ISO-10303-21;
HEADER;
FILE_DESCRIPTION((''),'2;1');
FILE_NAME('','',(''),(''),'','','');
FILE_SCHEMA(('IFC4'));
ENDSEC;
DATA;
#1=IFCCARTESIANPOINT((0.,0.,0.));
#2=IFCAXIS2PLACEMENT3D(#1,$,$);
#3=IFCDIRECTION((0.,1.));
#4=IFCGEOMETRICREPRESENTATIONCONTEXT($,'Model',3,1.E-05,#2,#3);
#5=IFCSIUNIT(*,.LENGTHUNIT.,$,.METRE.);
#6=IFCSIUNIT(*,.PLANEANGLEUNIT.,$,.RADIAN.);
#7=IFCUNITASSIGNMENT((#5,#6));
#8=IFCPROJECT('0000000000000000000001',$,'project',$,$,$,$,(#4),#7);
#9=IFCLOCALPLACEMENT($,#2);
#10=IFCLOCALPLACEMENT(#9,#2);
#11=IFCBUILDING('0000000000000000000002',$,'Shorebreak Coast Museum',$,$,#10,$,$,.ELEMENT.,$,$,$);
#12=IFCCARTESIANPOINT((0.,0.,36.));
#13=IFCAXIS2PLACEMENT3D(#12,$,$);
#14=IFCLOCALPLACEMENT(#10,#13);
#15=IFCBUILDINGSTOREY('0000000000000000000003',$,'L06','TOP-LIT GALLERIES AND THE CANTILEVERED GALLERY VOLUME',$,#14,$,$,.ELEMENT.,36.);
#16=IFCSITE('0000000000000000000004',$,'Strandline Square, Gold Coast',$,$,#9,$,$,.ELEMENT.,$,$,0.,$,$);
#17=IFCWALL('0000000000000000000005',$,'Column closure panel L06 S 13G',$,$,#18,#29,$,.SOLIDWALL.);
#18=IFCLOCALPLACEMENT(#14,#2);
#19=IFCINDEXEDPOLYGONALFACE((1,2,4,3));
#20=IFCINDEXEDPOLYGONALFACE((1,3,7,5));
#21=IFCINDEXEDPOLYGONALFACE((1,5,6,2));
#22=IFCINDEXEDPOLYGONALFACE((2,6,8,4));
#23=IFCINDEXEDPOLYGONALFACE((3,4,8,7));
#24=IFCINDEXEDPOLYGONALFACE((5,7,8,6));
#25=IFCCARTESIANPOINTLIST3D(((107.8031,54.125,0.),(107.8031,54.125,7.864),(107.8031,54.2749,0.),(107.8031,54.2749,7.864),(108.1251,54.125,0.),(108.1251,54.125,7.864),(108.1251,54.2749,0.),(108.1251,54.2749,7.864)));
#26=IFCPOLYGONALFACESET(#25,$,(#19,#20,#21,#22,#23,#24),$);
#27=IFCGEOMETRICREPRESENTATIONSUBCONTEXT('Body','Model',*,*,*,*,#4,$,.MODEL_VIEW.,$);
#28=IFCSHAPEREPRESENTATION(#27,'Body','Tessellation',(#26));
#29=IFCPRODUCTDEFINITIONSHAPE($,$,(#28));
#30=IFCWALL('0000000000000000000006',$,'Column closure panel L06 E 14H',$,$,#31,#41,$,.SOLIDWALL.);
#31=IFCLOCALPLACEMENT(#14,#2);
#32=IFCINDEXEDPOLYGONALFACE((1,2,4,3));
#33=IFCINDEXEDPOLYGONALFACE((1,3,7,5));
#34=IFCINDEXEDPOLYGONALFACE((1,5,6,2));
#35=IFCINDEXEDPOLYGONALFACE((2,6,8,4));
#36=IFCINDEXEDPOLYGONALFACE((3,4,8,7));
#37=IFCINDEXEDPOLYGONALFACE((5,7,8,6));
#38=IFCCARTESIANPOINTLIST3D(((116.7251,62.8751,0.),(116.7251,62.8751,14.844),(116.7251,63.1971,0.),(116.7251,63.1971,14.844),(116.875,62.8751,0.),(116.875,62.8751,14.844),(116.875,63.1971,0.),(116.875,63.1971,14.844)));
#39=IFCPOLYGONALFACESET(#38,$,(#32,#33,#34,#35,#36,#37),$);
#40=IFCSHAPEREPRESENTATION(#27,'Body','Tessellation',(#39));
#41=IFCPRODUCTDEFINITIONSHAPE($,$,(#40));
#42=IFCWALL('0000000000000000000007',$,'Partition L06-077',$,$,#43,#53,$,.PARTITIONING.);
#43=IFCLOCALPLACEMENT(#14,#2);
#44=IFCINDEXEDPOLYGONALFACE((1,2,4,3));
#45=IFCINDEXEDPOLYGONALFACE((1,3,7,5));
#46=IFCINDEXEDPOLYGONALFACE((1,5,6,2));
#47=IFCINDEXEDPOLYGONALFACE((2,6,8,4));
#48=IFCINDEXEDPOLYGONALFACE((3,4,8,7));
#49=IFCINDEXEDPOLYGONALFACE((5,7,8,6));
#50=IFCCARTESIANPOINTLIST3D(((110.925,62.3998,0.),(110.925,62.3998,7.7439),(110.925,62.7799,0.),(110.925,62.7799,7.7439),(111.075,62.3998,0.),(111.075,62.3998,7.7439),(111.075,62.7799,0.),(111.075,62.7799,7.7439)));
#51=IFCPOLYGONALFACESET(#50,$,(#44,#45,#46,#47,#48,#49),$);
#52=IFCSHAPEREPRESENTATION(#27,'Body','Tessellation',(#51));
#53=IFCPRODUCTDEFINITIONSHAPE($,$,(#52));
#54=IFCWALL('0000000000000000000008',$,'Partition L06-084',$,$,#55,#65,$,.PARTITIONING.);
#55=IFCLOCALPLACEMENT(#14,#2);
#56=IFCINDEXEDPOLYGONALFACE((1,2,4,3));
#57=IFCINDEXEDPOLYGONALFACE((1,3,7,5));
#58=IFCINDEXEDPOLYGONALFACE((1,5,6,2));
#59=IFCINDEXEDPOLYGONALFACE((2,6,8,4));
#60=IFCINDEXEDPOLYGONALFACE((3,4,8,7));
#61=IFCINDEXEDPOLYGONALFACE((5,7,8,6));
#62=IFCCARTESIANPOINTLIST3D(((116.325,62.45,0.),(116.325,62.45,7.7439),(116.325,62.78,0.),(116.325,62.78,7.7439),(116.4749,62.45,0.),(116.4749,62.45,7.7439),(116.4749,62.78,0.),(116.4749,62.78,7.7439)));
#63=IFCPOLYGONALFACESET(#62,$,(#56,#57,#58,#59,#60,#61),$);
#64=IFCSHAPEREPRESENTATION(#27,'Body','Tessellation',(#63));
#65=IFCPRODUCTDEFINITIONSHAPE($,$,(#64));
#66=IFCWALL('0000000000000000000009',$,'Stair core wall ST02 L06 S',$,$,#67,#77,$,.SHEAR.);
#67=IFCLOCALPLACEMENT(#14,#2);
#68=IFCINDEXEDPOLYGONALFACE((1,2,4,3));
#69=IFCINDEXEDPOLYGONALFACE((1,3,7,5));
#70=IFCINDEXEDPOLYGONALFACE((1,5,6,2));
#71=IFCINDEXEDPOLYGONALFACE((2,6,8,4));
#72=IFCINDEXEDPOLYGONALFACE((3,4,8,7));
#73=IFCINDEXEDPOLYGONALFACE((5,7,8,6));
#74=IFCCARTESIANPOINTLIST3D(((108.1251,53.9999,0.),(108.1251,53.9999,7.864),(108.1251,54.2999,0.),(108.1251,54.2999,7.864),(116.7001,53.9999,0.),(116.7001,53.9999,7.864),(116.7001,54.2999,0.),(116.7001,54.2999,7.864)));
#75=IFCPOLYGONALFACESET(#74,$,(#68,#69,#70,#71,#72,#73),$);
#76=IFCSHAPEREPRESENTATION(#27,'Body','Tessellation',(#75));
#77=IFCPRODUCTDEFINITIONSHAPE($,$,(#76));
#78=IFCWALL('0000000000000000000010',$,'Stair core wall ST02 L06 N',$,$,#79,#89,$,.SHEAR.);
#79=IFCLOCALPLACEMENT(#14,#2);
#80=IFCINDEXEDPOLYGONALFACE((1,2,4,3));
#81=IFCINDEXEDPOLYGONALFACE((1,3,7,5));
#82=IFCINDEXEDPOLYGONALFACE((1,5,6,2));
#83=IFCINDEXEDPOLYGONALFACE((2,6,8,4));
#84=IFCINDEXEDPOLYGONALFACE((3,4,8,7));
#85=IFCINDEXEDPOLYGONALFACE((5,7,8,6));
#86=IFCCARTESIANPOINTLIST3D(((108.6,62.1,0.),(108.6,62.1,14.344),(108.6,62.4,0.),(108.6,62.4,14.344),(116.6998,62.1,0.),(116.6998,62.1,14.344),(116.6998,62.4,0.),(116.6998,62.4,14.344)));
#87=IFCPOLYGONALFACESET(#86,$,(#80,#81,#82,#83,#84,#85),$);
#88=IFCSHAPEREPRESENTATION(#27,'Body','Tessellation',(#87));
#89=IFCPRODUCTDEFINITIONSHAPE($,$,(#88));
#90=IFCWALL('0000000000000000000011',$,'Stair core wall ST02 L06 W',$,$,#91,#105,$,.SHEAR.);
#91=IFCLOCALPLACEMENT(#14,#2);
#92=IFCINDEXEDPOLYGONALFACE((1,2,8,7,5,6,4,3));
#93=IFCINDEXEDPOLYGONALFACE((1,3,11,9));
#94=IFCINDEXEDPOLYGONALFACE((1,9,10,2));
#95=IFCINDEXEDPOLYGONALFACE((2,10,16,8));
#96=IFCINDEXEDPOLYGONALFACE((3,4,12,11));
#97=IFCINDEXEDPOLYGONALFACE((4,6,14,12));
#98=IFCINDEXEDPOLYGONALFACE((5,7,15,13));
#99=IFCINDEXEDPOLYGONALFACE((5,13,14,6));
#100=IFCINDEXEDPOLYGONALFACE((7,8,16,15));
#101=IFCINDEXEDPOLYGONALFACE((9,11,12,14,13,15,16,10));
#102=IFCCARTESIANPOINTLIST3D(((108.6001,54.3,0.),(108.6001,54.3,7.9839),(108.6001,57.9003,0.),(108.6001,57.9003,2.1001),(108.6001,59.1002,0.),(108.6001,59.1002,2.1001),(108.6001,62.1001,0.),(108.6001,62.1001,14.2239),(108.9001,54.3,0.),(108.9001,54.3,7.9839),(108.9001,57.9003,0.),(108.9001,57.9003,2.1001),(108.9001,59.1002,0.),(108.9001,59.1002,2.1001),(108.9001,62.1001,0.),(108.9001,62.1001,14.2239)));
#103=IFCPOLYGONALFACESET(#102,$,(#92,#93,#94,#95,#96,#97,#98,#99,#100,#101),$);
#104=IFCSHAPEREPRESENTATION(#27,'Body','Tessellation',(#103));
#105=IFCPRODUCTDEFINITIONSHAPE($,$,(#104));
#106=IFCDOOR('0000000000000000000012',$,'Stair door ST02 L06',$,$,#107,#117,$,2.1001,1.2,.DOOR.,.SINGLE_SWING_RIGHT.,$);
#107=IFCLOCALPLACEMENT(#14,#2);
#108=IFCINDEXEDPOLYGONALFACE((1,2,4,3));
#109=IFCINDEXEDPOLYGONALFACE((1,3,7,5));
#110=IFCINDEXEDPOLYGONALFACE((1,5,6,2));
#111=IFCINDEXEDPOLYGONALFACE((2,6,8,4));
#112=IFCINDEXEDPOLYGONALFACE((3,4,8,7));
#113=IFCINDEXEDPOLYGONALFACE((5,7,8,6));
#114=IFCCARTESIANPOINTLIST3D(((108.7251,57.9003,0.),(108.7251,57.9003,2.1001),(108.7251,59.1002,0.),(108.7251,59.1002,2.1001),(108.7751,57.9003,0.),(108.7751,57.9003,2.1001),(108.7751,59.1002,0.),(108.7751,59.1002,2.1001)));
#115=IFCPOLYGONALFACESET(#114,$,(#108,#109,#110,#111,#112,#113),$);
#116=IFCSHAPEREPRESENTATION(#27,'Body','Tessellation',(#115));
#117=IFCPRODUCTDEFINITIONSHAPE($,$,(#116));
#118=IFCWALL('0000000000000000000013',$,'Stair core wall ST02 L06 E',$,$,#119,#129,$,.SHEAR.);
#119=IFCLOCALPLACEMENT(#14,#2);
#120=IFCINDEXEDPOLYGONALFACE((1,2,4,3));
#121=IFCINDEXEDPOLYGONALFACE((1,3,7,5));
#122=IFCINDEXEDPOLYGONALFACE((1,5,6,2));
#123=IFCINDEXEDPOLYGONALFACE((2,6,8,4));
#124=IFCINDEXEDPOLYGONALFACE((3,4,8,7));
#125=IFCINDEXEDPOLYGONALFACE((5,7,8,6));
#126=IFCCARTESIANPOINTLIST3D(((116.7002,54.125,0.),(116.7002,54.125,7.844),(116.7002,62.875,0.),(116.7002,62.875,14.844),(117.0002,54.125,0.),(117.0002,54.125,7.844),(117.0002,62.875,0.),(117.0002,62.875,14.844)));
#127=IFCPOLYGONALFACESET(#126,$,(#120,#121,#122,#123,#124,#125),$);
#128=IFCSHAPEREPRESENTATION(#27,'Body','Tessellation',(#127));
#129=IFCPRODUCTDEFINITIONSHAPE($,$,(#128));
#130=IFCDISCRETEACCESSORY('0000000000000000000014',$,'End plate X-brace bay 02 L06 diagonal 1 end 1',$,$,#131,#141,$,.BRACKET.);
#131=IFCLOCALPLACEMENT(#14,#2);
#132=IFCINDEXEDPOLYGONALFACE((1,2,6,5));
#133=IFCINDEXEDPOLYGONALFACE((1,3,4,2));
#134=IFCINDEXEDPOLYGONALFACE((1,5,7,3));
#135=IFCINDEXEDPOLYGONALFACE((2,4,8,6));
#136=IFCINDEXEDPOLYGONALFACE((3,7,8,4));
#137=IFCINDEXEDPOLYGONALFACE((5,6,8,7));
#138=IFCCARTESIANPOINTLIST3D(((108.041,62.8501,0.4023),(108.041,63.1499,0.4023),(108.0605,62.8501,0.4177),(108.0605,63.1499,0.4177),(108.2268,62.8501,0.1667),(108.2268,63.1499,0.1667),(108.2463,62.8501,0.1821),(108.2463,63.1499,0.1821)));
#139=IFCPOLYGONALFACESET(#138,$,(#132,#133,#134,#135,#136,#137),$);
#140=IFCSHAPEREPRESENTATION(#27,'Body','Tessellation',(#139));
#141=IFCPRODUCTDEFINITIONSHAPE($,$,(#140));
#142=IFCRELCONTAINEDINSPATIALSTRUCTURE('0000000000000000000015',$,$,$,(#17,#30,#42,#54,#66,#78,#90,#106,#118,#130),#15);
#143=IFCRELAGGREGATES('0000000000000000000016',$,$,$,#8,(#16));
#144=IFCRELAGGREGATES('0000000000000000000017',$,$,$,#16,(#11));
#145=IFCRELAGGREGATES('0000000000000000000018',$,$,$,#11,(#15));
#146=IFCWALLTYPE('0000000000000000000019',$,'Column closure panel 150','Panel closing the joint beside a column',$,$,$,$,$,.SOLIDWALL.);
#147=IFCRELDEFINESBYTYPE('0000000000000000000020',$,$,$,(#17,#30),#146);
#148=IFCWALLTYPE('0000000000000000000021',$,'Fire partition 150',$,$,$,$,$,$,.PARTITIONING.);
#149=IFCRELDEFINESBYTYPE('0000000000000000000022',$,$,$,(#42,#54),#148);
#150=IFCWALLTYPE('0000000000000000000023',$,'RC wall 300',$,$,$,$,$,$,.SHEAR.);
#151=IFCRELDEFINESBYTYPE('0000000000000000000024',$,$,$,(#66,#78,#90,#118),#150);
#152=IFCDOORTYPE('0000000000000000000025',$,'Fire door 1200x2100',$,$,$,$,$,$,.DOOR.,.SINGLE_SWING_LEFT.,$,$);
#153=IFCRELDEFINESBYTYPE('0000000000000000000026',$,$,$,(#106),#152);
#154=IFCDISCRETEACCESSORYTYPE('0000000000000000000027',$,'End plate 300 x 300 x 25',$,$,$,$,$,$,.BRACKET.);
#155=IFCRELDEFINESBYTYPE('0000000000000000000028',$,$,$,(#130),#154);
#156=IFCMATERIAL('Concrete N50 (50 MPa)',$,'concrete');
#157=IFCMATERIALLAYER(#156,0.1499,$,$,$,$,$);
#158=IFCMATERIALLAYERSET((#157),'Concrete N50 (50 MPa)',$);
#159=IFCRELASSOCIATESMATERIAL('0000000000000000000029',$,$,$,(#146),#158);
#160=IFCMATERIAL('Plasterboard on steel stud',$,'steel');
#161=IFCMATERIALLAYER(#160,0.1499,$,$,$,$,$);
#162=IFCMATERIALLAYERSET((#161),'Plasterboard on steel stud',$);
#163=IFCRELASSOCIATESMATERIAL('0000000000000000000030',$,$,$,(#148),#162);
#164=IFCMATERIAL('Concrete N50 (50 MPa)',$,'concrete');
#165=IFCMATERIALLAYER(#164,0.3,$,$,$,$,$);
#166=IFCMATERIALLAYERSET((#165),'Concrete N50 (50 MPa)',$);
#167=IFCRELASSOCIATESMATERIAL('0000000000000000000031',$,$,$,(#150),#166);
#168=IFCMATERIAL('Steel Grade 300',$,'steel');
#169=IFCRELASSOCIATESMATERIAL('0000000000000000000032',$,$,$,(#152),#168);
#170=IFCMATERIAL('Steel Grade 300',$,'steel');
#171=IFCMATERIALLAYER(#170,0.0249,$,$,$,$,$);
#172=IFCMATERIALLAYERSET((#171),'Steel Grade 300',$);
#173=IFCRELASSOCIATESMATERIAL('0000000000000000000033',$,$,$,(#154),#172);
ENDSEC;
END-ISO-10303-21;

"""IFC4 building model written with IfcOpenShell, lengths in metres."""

from ifc_helpers import new_model, si_unit, direction, frame, frame_2d, origin, place, context, subcontext, project, spatial, polyline, rectangle, outline, extrude, material, layer, layer_set, type_object, element, fill, save


model = new_model("IFC4")

# Units and contexts
model_context = context("Model", 3, precision=1e-05, world=origin(), true_north=direction((0.0, 1.0)))
body_context = subcontext(model_context, "Body", "Model", "MODEL_VIEW")
ifc_project = project(units=[si_unit("LENGTHUNIT", "METRE"), si_unit("PLANEANGLEUNIT", "RADIAN")], contexts=[model_context])

# Site, building, storey
site_placement = place(None, origin())
site = spatial("IfcSite", under=ifc_project, at=site_placement, Name="Strandline Square, Gold Coast", CompositionType="ELEMENT", RefElevation=0.0)
building_placement = place(site_placement, origin())
building = spatial("IfcBuilding", under=site, at=building_placement, Name="Shorebreak Coast Museum", CompositionType="ELEMENT")
storey_placement = place(building_placement, frame((0.0, 0.0, 36.0)))
storey = spatial("IfcBuildingStorey", under=building, at=storey_placement, Name="L06", Description="TOP-LIT GALLERIES AND THE CANTILEVERED GALLERY VOLUME", CompositionType="ELEMENT", Elevation=36.0)

# Walls
ifc_material_1 = material(Name="Concrete N50 (50 MPa)", Category="concrete")
ifc_layer_1 = layer(ifc_material_1, 0.1499)
ifc_layer_set_1 = layer_set([ifc_layer_1], Name="Concrete N50 (50 MPa)")
wall_type_1 = type_object("IfcWallType", Name="Column closure panel 150", Description="Panel closing the joint beside a column", PredefinedType="SOLIDWALL", material=ifc_layer_set_1)
wall_1_placement = place(storey_placement, frame((107.803, 54.2, 0.0), z_axis=(0.0, 0.0, 1.0), x_axis=(1.0, 0.0, 0.0)))
element("IfcWall", 1, at=wall_1_placement, inside=storey, type_object=wall_type_1, Name="Column closure panel L06 S 13G", PredefinedType="SOLIDWALL", context=body_context, shape_type="SweptSolid", body=[
    extrude(rectangle(XDim=0.322, YDim=0.1499, at=frame_2d((0.1611, 0.0))), origin(), (0.0, 0.0, 1.0), 7.864),
])
wall_2_placement = place(storey_placement, frame((116.8, 62.875, 0.0), z_axis=(0.0, 0.0, 1.0), x_axis=(0.0, 1.0, 0.0)))
element("IfcWall", 2, at=wall_2_placement, inside=storey, type_object=wall_type_1, Name="Column closure panel L06 E 14H", PredefinedType="SOLIDWALL", context=body_context, shape_type="SweptSolid", body=[
    extrude(rectangle(XDim=0.322, YDim=0.1499, at=frame_2d((0.1611, 0.0))), origin(), (0.0, 0.0, 1.0), 14.844),
])
ifc_material_2 = material(Name="Plasterboard on steel stud", Category="steel")
ifc_layer_2 = layer(ifc_material_2, 0.1499)
ifc_layer_set_2 = layer_set([ifc_layer_2], Name="Plasterboard on steel stud")
wall_type_2 = type_object("IfcWallType", Name="Fire partition 150", PredefinedType="PARTITIONING", material=ifc_layer_set_2)
wall_3_placement = place(storey_placement, frame((111.0, 62.3999, 0.0), z_axis=(0.0, 0.0, 1.0), x_axis=(0.0, 1.0, 0.0)))
element("IfcWall", 3, at=wall_3_placement, inside=storey, type_object=wall_type_2, Name="Partition L06-077", PredefinedType="PARTITIONING", context=body_context, shape_type="SweptSolid", body=[
    extrude(rectangle(XDim=0.3801, YDim=0.1499, at=frame_2d((0.1899, 0.0))), origin(), (0.0, 0.0, 1.0), 7.7439),
])
wall_4_placement = place(storey_placement, frame((116.3999, 62.45, 0.0), z_axis=(0.0, 0.0, 1.0), x_axis=(0.0, 1.0, 0.0)))
element("IfcWall", 4, at=wall_4_placement, inside=storey, type_object=wall_type_2, Name="Partition L06-084", PredefinedType="PARTITIONING", context=body_context, shape_type="SweptSolid", body=[
    extrude(rectangle(XDim=0.3301, YDim=0.1499, at=frame_2d((0.165, 0.0))), origin(), (0.0, 0.0, 1.0), 7.7439),
])
ifc_material_3 = material(Name="Concrete N50 (50 MPa)", Category="concrete")
ifc_layer_3 = layer(ifc_material_3, 0.3)
ifc_layer_set_3 = layer_set([ifc_layer_3], Name="Concrete N50 (50 MPa)")
wall_type_3 = type_object("IfcWallType", Name="RC wall 300", PredefinedType="SHEAR", material=ifc_layer_set_3)
wall_5_placement = place(storey_placement, frame((108.125, 54.1499, 0.0), z_axis=(0.0, 0.0, 1.0), x_axis=(1.0, 0.0, 0.0)))
element("IfcWall", 5, at=wall_5_placement, inside=storey, type_object=wall_type_3, Name="Stair core wall ST02 L06 S", PredefinedType="SHEAR", context=body_context, shape_type="SweptSolid", body=[
    extrude(rectangle(XDim=8.575, YDim=0.3, at=frame_2d((4.2876, 0.0))), origin(), (0.0, 0.0, 1.0), 7.864),
])
wall_6_placement = place(storey_placement, frame((108.6001, 62.25, 0.0), z_axis=(0.0, 0.0, 1.0), x_axis=(1.0, 0.0, 0.0)))
element("IfcWall", 6, at=wall_6_placement, inside=storey, type_object=wall_type_3, Name="Stair core wall ST02 L06 N", PredefinedType="SHEAR", context=body_context, shape_type="SweptSolid", body=[
    extrude(rectangle(XDim=8.0999, YDim=0.3, at=frame_2d((4.0498, 0.0))), origin(), (0.0, 0.0, 1.0), 14.344),
])

# Wall, opening, door
wall_7_placement = place(storey_placement, frame((108.75, 54.3, 0.0), z_axis=(0.0, 0.0, 1.0), x_axis=(0.0, 1.0, 0.0)))
wall_7 = element("IfcWall", 7, at=wall_7_placement, inside=storey, type_object=wall_type_3, Name="Stair core wall ST02 L06 W", PredefinedType="SHEAR", context=body_context, shape_type="SweptSolid", body=[
    extrude(outline(polyline([(0.0, 0.0), (7.8, 0.0), (7.8, 14.2239), (0.0, 7.9839), (0.0, 0.0)])), frame((0.0, 0.1499, 0.0), z_axis=(0.0, -1.0, 0.0), x_axis=(1.0, 0.0, 0.0)), (0.0, 0.0, 1.0), 0.3),
])
opening_placement = place(wall_7_placement, frame((3.6001, 0.0, 0.0)))
opening = element("IfcOpeningElement", 8, at=opening_placement, cuts=wall_7, PredefinedType="OPENING", context=body_context, shape_type="SweptSolid", body=[
    extrude(rectangle(XDim=1.2, YDim=2.1001, at=frame_2d((0.6001, 1.05))), frame((0.0, 0.1599, 0.0), z_axis=(0.0, -1.0, 0.0), x_axis=(1.0, 0.0, 0.0)), (0.0, 0.0, 1.0), 0.3201),
])
ifc_material_4 = material(Name="Steel Grade 300", Category="steel")
door_type = type_object("IfcDoorType", Name="Fire door 1200x2100", OperationType="SINGLE_SWING_LEFT", PredefinedType="DOOR", material=ifc_material_4)
door_placement = place(opening_placement, origin())
door = element("IfcDoor", 9, at=door_placement, inside=storey, type_object=door_type, Name="Stair door ST02 L06", OperationType="SINGLE_SWING_RIGHT", OverallHeight=2.1001, OverallWidth=1.2, PredefinedType="DOOR", context=body_context, shape_type="SweptSolid", body=[
    extrude(rectangle(XDim=1.2, YDim=2.1001, at=frame_2d((0.6001, 1.05))), frame((0.0, 0.0249, 0.0), z_axis=(0.0, -1.0, 0.0), x_axis=(1.0, 0.0, 0.0)), (0.0, 0.0, 1.0), 0.05),
])
fill(opening, door)

# Wall
wall_8_placement = place(storey_placement, frame((116.8501, 54.125, 0.0), z_axis=(0.0, 0.0, 1.0), x_axis=(0.0, 1.0, 0.0)))
element("IfcWall", 10, at=wall_8_placement, inside=storey, type_object=wall_type_3, Name="Stair core wall ST02 L06 E", PredefinedType="SHEAR", context=body_context, shape_type="SweptSolid", body=[
    extrude(outline(polyline([(0.0, 0.0), (8.75, 0.0), (8.75, 14.844), (0.0, 7.844), (0.0, 0.0)])), frame((0.0, 0.1499, 0.0), z_axis=(0.0, -1.0, 0.0), x_axis=(1.0, 0.0, 0.0)), (0.0, 0.0, 1.0), 0.3),
])

# Discrete accessory
ifc_material_5 = material(Name="Steel Grade 300", Category="steel")
ifc_layer_4 = layer(ifc_material_5, 0.0249)
ifc_layer_set_4 = layer_set([ifc_layer_4], Name="Steel Grade 300")
discrete_accessory_type = type_object("IfcDiscreteAccessoryType", Name="End plate 300 x 300 x 25", PredefinedType="BRACKET", material=ifc_layer_set_4)
discrete_accessory_placement = place(storey_placement, frame((108.2463, 62.8501, 0.1821), z_axis=(0.785216, 0.0, 0.619222), x_axis=(0.0, 1.0, 0.0)))
element("IfcDiscreteAccessory", 11, at=discrete_accessory_placement, inside=storey, type_object=discrete_accessory_type, Name="End plate X-brace bay 02 L06 diagonal 1 end 1", PredefinedType="BRACKET", context=body_context, shape_type="SweptSolid", body=[
    extrude(outline(polyline([(0.0, 0.0), (0.2998, 0.0), (0.2998, 0.3), (0.0, 0.3), (0.0, 0.0)])), origin(), (0.0, 0.0, -1.0), 0.0249),
])

save(model, "model.ifc")
